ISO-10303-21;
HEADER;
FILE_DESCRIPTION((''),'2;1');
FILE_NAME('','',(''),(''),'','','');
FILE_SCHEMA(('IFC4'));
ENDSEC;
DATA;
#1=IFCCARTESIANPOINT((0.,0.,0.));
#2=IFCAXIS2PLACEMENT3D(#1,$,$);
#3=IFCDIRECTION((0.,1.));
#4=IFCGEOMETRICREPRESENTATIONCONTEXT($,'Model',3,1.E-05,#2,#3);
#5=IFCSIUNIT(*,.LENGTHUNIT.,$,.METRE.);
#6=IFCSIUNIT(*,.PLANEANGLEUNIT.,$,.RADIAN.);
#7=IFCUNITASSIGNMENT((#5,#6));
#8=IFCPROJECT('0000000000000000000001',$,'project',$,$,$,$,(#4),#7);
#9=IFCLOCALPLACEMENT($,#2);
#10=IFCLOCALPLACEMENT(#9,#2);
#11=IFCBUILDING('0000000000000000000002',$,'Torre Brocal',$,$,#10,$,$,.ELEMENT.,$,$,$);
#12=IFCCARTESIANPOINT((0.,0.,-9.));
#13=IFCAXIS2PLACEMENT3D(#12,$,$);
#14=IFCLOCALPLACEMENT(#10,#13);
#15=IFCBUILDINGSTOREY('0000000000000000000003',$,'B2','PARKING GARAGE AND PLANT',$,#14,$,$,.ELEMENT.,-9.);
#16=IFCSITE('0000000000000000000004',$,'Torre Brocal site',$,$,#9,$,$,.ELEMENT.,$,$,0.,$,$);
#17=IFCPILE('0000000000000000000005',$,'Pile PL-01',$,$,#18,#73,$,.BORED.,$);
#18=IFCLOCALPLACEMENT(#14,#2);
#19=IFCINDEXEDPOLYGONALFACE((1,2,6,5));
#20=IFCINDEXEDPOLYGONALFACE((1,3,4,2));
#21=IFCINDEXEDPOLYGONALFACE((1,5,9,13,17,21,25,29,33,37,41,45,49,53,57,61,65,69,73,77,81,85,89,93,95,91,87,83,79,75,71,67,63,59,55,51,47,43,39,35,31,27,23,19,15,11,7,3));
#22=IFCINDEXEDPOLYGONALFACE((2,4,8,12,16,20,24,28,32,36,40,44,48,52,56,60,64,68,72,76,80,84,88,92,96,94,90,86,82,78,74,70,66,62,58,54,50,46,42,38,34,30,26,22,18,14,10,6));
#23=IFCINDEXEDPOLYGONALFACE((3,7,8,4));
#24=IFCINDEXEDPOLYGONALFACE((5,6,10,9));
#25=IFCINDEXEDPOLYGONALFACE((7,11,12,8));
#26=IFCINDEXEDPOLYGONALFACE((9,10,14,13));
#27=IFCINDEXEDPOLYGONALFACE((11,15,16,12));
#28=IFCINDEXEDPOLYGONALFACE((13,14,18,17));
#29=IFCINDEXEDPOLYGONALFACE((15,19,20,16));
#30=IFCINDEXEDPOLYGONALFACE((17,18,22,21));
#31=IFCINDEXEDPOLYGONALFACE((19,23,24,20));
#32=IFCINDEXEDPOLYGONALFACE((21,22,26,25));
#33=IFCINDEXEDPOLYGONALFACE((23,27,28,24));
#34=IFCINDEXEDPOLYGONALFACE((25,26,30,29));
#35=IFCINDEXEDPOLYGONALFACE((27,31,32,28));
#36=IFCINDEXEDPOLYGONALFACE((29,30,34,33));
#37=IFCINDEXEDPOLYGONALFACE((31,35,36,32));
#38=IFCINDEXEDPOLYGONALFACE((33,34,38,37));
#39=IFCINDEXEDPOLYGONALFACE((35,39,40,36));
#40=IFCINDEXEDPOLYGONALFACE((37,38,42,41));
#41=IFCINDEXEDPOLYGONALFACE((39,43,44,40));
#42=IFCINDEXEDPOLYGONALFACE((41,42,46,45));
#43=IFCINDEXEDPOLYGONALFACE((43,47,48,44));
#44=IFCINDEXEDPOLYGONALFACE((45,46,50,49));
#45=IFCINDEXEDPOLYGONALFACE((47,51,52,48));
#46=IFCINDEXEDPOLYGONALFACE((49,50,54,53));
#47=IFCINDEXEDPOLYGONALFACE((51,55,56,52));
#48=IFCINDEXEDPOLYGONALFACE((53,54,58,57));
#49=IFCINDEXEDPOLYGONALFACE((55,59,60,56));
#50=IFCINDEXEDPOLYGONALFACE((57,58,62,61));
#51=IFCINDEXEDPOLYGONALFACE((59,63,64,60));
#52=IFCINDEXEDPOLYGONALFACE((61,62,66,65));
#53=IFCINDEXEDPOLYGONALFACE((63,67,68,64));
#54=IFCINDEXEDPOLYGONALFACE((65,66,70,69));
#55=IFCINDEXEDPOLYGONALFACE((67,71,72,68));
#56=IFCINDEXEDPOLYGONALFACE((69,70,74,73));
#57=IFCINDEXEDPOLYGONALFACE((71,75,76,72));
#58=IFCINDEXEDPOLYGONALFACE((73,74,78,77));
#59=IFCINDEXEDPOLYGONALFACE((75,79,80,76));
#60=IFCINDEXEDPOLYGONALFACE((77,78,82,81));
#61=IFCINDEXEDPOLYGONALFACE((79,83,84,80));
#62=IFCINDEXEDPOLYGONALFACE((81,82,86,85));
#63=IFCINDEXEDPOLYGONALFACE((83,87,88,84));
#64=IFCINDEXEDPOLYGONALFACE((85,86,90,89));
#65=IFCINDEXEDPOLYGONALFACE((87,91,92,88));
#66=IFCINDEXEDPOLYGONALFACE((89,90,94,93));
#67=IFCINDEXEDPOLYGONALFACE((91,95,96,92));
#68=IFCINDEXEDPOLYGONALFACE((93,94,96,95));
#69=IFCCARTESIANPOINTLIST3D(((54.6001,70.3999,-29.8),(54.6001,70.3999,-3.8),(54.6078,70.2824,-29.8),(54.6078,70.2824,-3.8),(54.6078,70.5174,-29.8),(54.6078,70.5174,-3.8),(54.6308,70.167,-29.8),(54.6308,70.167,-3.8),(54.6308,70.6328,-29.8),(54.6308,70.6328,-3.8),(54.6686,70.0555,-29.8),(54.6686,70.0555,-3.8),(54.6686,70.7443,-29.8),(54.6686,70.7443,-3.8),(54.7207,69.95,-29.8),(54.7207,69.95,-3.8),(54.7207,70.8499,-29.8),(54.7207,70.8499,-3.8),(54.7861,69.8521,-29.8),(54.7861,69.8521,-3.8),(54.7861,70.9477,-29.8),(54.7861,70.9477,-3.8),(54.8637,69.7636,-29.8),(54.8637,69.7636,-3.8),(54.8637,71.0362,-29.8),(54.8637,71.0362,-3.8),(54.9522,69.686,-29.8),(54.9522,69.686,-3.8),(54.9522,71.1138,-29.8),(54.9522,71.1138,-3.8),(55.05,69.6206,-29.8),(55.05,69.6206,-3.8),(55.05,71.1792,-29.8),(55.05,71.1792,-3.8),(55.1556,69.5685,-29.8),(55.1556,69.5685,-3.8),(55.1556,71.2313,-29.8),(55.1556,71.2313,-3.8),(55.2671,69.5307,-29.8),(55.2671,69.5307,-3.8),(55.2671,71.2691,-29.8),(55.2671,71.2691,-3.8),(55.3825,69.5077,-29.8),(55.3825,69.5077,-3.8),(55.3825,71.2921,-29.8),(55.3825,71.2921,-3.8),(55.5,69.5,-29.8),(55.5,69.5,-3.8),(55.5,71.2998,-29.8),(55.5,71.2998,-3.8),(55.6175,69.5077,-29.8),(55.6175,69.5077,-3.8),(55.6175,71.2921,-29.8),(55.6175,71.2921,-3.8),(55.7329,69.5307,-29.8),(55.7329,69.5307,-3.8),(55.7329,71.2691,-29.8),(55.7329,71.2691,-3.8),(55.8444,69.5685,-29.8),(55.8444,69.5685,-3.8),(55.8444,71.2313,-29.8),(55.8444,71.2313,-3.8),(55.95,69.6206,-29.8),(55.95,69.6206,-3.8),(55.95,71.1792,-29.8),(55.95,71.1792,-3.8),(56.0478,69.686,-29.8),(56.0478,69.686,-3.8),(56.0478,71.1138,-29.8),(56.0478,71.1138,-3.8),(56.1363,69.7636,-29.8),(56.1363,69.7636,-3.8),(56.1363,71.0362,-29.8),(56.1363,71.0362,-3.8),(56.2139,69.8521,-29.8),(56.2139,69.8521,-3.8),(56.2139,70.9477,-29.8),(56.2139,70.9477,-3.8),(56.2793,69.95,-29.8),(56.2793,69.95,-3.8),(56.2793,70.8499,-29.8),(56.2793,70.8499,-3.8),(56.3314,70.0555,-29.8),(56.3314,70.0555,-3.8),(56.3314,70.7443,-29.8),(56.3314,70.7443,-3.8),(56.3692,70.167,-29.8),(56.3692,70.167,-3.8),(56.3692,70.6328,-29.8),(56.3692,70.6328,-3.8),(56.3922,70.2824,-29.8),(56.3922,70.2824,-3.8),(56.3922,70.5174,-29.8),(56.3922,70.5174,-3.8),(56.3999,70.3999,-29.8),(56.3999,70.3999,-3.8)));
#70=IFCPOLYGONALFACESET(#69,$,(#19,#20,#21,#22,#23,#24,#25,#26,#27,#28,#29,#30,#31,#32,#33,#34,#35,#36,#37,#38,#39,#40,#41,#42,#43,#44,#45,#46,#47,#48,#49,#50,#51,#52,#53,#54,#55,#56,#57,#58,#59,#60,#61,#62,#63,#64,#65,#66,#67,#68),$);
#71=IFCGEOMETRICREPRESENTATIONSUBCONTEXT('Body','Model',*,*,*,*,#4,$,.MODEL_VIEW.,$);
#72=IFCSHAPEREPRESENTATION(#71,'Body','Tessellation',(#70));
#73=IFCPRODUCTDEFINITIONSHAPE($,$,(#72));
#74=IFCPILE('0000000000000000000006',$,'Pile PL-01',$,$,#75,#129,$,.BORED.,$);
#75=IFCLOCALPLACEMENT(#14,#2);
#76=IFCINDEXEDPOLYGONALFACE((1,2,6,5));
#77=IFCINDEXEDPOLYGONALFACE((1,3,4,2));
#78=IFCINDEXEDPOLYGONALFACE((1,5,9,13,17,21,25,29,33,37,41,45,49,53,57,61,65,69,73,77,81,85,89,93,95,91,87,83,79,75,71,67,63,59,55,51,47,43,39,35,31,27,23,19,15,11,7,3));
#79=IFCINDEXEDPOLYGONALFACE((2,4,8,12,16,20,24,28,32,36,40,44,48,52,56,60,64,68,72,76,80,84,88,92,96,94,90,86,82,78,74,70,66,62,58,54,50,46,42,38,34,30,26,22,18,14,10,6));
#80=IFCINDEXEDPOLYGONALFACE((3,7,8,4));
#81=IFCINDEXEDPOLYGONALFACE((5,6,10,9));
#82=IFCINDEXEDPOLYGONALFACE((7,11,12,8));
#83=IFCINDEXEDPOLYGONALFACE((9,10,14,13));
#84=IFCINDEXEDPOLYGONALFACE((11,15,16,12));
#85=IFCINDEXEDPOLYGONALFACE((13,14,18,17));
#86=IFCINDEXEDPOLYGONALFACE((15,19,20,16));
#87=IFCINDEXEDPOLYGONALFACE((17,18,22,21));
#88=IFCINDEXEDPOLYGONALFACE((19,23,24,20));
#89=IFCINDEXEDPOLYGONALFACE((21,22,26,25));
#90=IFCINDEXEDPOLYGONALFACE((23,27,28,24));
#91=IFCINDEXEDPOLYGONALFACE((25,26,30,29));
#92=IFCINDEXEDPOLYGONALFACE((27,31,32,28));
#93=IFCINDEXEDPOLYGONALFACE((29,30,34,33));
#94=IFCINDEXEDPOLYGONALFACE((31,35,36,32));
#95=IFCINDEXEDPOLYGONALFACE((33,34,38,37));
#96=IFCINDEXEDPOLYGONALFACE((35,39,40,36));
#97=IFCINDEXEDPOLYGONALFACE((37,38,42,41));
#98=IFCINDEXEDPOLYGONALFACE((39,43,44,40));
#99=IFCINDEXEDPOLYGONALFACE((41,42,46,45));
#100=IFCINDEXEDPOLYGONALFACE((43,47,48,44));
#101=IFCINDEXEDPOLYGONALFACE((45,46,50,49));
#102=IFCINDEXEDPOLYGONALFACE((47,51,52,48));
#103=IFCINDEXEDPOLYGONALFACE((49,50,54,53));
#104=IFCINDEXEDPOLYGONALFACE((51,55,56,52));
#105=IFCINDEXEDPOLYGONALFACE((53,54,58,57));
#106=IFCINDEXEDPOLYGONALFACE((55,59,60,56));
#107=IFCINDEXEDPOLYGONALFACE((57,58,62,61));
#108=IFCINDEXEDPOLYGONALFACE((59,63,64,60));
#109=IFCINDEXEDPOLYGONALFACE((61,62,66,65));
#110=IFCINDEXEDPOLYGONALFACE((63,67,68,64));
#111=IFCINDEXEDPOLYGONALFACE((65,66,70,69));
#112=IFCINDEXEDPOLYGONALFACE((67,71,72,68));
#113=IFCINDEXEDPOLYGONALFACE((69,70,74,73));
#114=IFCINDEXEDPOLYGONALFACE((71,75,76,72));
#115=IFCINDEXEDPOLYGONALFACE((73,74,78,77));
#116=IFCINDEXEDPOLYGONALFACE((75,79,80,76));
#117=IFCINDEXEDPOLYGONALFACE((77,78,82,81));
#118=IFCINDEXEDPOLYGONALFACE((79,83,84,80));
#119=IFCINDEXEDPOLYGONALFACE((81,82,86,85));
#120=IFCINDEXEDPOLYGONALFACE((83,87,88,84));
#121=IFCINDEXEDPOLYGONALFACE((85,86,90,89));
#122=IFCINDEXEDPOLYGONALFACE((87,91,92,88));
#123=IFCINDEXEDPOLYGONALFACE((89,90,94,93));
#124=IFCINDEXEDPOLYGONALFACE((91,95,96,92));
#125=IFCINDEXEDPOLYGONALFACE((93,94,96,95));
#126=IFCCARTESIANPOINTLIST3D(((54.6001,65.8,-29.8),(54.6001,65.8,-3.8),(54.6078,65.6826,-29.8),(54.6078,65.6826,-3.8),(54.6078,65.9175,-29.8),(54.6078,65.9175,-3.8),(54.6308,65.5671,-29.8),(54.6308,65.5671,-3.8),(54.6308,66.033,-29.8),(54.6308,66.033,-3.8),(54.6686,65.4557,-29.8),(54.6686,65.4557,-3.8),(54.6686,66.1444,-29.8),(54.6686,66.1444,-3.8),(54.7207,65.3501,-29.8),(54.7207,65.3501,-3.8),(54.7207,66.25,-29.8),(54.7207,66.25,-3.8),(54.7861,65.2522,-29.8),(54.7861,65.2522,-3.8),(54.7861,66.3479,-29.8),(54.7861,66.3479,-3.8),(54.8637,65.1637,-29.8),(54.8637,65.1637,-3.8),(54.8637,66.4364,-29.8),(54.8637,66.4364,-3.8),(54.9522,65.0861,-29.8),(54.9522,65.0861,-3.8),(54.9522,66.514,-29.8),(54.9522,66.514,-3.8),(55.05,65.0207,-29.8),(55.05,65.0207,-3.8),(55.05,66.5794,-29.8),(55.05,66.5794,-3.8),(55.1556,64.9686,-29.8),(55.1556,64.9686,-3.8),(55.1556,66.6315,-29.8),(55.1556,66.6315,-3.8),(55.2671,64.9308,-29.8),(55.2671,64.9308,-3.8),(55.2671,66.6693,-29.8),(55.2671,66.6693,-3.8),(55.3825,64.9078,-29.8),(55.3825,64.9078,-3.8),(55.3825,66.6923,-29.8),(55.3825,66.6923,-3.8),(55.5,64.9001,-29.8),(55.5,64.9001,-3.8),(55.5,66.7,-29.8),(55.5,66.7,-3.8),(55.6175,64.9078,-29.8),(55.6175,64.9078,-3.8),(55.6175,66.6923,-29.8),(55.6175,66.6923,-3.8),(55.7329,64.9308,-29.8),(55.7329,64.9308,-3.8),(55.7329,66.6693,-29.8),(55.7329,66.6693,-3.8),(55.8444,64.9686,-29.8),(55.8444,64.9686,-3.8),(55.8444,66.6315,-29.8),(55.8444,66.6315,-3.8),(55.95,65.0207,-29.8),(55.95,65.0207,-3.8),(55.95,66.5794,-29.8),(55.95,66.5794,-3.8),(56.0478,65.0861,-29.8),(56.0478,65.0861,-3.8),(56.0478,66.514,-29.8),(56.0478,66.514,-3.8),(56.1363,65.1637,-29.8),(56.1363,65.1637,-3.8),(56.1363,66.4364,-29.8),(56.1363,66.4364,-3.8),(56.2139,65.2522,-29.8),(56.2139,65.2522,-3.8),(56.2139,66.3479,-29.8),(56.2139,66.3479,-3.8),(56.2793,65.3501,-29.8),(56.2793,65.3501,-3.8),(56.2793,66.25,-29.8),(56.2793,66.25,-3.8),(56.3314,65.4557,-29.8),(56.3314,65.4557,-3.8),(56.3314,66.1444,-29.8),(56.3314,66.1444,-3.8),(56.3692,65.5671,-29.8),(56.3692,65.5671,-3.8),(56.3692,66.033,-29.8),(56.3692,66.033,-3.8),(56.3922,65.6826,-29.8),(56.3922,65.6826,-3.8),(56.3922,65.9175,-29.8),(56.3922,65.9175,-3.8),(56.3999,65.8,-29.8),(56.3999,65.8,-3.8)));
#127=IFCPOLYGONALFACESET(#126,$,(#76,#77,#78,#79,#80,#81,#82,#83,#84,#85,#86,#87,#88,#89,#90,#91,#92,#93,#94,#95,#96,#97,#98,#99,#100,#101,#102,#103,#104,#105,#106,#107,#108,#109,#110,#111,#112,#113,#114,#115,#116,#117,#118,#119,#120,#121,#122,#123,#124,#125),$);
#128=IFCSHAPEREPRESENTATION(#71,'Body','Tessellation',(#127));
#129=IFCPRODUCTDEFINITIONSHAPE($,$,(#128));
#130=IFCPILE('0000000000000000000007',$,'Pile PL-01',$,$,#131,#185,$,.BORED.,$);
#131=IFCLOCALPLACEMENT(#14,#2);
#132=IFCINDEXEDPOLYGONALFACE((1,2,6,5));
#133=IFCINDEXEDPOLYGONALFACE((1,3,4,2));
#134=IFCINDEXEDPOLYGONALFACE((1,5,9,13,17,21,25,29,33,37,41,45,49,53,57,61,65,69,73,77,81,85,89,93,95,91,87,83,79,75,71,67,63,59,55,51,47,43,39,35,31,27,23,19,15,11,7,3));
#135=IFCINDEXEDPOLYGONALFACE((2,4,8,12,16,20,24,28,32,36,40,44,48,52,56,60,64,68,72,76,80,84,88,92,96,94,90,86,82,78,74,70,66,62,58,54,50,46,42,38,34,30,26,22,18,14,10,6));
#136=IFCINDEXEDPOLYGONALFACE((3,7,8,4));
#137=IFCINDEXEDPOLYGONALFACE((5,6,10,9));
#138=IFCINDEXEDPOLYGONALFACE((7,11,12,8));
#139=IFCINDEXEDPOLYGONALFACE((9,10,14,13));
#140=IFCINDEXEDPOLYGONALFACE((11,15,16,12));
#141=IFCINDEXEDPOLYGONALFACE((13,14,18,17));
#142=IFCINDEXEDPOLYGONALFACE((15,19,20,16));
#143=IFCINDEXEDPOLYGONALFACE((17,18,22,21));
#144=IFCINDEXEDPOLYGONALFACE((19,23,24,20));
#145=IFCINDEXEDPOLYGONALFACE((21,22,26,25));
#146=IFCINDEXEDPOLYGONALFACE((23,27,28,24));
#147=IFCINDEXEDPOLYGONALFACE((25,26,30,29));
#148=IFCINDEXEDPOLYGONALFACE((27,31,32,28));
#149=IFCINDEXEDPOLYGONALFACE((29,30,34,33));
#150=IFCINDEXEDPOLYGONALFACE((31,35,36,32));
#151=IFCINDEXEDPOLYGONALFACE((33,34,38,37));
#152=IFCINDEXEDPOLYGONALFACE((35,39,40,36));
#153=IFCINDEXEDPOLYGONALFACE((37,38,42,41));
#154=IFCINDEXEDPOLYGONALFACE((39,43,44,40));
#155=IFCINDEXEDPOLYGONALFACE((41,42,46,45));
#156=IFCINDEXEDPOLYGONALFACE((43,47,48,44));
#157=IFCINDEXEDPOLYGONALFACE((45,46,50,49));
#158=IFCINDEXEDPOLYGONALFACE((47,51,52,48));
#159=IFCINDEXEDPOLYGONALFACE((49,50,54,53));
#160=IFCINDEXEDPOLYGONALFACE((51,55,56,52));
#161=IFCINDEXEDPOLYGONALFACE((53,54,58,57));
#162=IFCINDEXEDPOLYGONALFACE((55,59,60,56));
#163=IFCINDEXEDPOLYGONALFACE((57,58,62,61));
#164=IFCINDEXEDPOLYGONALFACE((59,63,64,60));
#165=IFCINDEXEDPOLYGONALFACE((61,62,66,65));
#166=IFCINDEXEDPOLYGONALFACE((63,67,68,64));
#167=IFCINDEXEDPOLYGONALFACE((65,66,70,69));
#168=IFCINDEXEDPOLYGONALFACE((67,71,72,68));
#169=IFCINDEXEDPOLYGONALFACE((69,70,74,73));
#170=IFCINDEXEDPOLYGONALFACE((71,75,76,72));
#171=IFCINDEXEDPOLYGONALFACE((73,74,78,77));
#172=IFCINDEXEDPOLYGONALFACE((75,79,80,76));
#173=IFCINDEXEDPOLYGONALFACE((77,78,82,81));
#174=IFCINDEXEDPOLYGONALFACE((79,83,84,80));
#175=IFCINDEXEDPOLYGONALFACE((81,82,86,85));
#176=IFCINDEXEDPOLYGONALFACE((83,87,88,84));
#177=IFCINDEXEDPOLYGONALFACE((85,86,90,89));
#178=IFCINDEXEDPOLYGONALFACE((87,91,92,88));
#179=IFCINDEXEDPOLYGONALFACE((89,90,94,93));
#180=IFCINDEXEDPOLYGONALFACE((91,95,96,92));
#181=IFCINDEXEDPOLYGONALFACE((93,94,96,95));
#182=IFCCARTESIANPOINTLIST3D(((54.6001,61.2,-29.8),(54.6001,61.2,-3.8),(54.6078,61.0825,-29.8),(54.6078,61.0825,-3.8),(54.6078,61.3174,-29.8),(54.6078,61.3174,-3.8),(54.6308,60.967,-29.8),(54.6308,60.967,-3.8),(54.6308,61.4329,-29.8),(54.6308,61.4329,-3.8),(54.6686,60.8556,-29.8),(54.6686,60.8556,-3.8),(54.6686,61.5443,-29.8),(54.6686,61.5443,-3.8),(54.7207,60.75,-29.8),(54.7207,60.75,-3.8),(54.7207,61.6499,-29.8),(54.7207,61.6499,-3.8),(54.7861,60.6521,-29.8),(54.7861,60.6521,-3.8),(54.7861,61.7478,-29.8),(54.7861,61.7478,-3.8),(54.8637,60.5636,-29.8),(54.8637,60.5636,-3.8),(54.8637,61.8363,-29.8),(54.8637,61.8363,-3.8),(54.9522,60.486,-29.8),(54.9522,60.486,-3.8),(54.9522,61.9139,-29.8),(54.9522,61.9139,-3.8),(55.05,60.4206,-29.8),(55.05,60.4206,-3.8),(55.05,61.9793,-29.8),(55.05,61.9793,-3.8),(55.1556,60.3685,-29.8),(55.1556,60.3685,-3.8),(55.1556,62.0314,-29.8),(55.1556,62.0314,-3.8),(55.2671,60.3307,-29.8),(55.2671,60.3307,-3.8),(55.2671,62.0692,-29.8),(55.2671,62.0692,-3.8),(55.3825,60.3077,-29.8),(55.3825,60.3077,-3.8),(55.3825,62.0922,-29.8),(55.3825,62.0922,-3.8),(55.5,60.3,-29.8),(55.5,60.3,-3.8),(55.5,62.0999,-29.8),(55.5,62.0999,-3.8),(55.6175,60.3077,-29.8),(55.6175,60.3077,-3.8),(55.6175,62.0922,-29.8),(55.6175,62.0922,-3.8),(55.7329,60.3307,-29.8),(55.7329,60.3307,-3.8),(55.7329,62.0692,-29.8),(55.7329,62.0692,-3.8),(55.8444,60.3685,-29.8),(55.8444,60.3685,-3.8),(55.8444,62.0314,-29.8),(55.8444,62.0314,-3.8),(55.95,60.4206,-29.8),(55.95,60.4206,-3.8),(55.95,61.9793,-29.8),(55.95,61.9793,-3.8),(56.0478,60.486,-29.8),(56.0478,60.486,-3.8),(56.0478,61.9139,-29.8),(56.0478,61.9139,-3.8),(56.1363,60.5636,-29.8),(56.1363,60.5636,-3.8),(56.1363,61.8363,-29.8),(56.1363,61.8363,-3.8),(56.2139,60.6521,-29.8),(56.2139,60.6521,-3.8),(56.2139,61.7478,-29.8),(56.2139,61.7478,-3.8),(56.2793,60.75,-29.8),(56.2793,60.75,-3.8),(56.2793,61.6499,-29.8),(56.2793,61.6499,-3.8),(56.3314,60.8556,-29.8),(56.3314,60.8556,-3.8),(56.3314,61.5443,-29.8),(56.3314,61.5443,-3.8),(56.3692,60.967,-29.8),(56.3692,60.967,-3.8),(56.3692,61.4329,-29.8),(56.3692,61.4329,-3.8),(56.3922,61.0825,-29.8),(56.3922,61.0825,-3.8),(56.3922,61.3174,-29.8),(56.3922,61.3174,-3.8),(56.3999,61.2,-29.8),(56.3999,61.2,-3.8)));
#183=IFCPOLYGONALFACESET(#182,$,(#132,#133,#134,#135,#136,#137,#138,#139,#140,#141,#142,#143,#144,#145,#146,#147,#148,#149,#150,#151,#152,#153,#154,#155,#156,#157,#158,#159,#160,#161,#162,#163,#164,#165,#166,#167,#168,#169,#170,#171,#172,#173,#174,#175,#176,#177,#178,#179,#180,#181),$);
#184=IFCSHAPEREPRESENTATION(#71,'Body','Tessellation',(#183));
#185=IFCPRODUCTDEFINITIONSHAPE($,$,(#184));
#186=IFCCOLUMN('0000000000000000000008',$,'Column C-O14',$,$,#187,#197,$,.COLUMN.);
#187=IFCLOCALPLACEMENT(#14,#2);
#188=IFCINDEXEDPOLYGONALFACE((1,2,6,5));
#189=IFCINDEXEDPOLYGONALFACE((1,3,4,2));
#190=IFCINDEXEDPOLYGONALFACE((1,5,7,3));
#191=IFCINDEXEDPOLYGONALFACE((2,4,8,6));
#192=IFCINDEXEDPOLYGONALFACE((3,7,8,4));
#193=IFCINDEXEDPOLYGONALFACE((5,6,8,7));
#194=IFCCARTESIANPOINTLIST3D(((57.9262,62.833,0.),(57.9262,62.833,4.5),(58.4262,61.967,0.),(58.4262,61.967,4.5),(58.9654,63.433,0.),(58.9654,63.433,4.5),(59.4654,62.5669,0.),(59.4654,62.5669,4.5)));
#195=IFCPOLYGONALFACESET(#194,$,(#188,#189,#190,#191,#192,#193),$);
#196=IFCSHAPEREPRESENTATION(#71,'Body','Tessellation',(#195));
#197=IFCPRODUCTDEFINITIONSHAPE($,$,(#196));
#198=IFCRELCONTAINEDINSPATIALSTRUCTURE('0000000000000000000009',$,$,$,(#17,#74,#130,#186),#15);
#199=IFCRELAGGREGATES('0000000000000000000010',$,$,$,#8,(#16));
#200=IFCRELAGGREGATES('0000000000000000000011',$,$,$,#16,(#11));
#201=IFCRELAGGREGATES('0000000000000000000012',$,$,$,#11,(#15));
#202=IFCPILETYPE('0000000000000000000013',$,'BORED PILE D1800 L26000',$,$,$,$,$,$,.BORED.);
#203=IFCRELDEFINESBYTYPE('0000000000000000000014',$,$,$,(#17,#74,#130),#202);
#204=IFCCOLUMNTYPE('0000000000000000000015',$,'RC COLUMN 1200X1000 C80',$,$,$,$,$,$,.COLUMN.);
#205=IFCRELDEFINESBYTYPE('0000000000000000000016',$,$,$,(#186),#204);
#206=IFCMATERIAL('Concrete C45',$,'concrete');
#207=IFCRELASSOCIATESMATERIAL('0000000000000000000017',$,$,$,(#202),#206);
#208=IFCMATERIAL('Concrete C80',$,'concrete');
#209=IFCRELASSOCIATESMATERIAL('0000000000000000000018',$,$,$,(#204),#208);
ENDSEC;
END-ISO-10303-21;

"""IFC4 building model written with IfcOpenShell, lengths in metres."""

from ifc_helpers import new_model, si_unit, direction, frame, origin, origin_2d, place, context, subcontext, project, spatial, rectangle, circle, extrude, material, material_profile, profile_set, type_object, element, save


model = new_model("IFC4")

# Units and contexts
model_context = context("Model", 3, precision=1e-05, world=origin(), true_north=direction((0.0, 1.0)))
body_context = subcontext(model_context, "Body", "Model", "MODEL_VIEW")
ifc_project = project(units=[si_unit("LENGTHUNIT", "METRE"), si_unit("PLANEANGLEUNIT", "RADIAN")], contexts=[model_context])

# Site, building, storey
site_placement = place(None, origin())
site = spatial("IfcSite", under=ifc_project, at=site_placement, Name="Torre Brocal site", CompositionType="ELEMENT", RefElevation=0.0)
building_placement = place(site_placement, origin())
building = spatial("IfcBuilding", under=site, at=building_placement, Name="Torre Brocal", CompositionType="ELEMENT")
storey_placement = place(building_placement, frame((0.0, 0.0, -9.0)))
storey = spatial("IfcBuildingStorey", under=building, at=storey_placement, Name="B2", Description="PARKING GARAGE AND PLANT", CompositionType="ELEMENT", Elevation=-9.0)

# Piles
ifc_material_1 = material(Name="Concrete C45", Category="concrete")
ifc_material_profile_1 = material_profile(ifc_material_1, circle(Radius=0.8999, at=origin_2d()), Name="BORED PILE D1800")
ifc_profile_set_1 = profile_set([ifc_material_profile_1], Name="Concrete C45")
pile_type_1 = type_object("IfcPileType", Name="BORED PILE D1800 L26000", PredefinedType="BORED", material=ifc_profile_set_1)
for number, where, z_axis, x_axis, name in (
    (1, (55.5, 70.3999, -3.8), (0.0, 0.0, -1.0), (1.0, 0.0, 0.0), "Pile PL-01"),
    (2, (55.5, 65.8, -3.8), (0.0, 0.0, -1.0), (1.0, 0.0, 0.0), "Pile PL-01"),
    (3, (55.5, 61.2, -3.8), (0.0, 0.0, -1.0), (1.0, 0.0, 0.0), "Pile PL-01"),
):
    element("IfcPile", number, at=place(storey_placement, frame(where, z_axis=z_axis, x_axis=x_axis)), inside=storey, type_object=pile_type_1, Name=name, PredefinedType="BORED", context=body_context, shape_type="SweptSolid", body=[
        extrude(circle(Radius=0.8999, at=origin_2d()), origin(), (0.0, 0.0, 1.0), 26.0),
    ])

# Column
ifc_material_2 = material(Name="Concrete C80", Category="concrete")
ifc_material_profile_2 = material_profile(ifc_material_2, rectangle(XDim=1.2, YDim=1.0, at=origin_2d()), Name="RC 1200X1000")
ifc_profile_set_2 = profile_set([ifc_material_profile_2], Name="Concrete C80")
column_type_1 = type_object("IfcColumnType", Name="RC COLUMN 1200X1000 C80", PredefinedType="COLUMN", material=ifc_profile_set_2)
column_placement = place(storey_placement, frame((58.6958, 62.7, 0.0), z_axis=(0.0, 0.0, 1.0), x_axis=(-0.866025, -0.5, 0.0)))
element("IfcColumn", 4, at=column_placement, inside=storey, type_object=column_type_1, Name="Column C-O14", PredefinedType="COLUMN", context=body_context, shape_type="SweptSolid", body=[
    extrude(rectangle(XDim=1.2, YDim=1.0, at=origin_2d()), origin(), (0.0, 0.0, 1.0), 4.5),
])

save(model, "model.ifc")
